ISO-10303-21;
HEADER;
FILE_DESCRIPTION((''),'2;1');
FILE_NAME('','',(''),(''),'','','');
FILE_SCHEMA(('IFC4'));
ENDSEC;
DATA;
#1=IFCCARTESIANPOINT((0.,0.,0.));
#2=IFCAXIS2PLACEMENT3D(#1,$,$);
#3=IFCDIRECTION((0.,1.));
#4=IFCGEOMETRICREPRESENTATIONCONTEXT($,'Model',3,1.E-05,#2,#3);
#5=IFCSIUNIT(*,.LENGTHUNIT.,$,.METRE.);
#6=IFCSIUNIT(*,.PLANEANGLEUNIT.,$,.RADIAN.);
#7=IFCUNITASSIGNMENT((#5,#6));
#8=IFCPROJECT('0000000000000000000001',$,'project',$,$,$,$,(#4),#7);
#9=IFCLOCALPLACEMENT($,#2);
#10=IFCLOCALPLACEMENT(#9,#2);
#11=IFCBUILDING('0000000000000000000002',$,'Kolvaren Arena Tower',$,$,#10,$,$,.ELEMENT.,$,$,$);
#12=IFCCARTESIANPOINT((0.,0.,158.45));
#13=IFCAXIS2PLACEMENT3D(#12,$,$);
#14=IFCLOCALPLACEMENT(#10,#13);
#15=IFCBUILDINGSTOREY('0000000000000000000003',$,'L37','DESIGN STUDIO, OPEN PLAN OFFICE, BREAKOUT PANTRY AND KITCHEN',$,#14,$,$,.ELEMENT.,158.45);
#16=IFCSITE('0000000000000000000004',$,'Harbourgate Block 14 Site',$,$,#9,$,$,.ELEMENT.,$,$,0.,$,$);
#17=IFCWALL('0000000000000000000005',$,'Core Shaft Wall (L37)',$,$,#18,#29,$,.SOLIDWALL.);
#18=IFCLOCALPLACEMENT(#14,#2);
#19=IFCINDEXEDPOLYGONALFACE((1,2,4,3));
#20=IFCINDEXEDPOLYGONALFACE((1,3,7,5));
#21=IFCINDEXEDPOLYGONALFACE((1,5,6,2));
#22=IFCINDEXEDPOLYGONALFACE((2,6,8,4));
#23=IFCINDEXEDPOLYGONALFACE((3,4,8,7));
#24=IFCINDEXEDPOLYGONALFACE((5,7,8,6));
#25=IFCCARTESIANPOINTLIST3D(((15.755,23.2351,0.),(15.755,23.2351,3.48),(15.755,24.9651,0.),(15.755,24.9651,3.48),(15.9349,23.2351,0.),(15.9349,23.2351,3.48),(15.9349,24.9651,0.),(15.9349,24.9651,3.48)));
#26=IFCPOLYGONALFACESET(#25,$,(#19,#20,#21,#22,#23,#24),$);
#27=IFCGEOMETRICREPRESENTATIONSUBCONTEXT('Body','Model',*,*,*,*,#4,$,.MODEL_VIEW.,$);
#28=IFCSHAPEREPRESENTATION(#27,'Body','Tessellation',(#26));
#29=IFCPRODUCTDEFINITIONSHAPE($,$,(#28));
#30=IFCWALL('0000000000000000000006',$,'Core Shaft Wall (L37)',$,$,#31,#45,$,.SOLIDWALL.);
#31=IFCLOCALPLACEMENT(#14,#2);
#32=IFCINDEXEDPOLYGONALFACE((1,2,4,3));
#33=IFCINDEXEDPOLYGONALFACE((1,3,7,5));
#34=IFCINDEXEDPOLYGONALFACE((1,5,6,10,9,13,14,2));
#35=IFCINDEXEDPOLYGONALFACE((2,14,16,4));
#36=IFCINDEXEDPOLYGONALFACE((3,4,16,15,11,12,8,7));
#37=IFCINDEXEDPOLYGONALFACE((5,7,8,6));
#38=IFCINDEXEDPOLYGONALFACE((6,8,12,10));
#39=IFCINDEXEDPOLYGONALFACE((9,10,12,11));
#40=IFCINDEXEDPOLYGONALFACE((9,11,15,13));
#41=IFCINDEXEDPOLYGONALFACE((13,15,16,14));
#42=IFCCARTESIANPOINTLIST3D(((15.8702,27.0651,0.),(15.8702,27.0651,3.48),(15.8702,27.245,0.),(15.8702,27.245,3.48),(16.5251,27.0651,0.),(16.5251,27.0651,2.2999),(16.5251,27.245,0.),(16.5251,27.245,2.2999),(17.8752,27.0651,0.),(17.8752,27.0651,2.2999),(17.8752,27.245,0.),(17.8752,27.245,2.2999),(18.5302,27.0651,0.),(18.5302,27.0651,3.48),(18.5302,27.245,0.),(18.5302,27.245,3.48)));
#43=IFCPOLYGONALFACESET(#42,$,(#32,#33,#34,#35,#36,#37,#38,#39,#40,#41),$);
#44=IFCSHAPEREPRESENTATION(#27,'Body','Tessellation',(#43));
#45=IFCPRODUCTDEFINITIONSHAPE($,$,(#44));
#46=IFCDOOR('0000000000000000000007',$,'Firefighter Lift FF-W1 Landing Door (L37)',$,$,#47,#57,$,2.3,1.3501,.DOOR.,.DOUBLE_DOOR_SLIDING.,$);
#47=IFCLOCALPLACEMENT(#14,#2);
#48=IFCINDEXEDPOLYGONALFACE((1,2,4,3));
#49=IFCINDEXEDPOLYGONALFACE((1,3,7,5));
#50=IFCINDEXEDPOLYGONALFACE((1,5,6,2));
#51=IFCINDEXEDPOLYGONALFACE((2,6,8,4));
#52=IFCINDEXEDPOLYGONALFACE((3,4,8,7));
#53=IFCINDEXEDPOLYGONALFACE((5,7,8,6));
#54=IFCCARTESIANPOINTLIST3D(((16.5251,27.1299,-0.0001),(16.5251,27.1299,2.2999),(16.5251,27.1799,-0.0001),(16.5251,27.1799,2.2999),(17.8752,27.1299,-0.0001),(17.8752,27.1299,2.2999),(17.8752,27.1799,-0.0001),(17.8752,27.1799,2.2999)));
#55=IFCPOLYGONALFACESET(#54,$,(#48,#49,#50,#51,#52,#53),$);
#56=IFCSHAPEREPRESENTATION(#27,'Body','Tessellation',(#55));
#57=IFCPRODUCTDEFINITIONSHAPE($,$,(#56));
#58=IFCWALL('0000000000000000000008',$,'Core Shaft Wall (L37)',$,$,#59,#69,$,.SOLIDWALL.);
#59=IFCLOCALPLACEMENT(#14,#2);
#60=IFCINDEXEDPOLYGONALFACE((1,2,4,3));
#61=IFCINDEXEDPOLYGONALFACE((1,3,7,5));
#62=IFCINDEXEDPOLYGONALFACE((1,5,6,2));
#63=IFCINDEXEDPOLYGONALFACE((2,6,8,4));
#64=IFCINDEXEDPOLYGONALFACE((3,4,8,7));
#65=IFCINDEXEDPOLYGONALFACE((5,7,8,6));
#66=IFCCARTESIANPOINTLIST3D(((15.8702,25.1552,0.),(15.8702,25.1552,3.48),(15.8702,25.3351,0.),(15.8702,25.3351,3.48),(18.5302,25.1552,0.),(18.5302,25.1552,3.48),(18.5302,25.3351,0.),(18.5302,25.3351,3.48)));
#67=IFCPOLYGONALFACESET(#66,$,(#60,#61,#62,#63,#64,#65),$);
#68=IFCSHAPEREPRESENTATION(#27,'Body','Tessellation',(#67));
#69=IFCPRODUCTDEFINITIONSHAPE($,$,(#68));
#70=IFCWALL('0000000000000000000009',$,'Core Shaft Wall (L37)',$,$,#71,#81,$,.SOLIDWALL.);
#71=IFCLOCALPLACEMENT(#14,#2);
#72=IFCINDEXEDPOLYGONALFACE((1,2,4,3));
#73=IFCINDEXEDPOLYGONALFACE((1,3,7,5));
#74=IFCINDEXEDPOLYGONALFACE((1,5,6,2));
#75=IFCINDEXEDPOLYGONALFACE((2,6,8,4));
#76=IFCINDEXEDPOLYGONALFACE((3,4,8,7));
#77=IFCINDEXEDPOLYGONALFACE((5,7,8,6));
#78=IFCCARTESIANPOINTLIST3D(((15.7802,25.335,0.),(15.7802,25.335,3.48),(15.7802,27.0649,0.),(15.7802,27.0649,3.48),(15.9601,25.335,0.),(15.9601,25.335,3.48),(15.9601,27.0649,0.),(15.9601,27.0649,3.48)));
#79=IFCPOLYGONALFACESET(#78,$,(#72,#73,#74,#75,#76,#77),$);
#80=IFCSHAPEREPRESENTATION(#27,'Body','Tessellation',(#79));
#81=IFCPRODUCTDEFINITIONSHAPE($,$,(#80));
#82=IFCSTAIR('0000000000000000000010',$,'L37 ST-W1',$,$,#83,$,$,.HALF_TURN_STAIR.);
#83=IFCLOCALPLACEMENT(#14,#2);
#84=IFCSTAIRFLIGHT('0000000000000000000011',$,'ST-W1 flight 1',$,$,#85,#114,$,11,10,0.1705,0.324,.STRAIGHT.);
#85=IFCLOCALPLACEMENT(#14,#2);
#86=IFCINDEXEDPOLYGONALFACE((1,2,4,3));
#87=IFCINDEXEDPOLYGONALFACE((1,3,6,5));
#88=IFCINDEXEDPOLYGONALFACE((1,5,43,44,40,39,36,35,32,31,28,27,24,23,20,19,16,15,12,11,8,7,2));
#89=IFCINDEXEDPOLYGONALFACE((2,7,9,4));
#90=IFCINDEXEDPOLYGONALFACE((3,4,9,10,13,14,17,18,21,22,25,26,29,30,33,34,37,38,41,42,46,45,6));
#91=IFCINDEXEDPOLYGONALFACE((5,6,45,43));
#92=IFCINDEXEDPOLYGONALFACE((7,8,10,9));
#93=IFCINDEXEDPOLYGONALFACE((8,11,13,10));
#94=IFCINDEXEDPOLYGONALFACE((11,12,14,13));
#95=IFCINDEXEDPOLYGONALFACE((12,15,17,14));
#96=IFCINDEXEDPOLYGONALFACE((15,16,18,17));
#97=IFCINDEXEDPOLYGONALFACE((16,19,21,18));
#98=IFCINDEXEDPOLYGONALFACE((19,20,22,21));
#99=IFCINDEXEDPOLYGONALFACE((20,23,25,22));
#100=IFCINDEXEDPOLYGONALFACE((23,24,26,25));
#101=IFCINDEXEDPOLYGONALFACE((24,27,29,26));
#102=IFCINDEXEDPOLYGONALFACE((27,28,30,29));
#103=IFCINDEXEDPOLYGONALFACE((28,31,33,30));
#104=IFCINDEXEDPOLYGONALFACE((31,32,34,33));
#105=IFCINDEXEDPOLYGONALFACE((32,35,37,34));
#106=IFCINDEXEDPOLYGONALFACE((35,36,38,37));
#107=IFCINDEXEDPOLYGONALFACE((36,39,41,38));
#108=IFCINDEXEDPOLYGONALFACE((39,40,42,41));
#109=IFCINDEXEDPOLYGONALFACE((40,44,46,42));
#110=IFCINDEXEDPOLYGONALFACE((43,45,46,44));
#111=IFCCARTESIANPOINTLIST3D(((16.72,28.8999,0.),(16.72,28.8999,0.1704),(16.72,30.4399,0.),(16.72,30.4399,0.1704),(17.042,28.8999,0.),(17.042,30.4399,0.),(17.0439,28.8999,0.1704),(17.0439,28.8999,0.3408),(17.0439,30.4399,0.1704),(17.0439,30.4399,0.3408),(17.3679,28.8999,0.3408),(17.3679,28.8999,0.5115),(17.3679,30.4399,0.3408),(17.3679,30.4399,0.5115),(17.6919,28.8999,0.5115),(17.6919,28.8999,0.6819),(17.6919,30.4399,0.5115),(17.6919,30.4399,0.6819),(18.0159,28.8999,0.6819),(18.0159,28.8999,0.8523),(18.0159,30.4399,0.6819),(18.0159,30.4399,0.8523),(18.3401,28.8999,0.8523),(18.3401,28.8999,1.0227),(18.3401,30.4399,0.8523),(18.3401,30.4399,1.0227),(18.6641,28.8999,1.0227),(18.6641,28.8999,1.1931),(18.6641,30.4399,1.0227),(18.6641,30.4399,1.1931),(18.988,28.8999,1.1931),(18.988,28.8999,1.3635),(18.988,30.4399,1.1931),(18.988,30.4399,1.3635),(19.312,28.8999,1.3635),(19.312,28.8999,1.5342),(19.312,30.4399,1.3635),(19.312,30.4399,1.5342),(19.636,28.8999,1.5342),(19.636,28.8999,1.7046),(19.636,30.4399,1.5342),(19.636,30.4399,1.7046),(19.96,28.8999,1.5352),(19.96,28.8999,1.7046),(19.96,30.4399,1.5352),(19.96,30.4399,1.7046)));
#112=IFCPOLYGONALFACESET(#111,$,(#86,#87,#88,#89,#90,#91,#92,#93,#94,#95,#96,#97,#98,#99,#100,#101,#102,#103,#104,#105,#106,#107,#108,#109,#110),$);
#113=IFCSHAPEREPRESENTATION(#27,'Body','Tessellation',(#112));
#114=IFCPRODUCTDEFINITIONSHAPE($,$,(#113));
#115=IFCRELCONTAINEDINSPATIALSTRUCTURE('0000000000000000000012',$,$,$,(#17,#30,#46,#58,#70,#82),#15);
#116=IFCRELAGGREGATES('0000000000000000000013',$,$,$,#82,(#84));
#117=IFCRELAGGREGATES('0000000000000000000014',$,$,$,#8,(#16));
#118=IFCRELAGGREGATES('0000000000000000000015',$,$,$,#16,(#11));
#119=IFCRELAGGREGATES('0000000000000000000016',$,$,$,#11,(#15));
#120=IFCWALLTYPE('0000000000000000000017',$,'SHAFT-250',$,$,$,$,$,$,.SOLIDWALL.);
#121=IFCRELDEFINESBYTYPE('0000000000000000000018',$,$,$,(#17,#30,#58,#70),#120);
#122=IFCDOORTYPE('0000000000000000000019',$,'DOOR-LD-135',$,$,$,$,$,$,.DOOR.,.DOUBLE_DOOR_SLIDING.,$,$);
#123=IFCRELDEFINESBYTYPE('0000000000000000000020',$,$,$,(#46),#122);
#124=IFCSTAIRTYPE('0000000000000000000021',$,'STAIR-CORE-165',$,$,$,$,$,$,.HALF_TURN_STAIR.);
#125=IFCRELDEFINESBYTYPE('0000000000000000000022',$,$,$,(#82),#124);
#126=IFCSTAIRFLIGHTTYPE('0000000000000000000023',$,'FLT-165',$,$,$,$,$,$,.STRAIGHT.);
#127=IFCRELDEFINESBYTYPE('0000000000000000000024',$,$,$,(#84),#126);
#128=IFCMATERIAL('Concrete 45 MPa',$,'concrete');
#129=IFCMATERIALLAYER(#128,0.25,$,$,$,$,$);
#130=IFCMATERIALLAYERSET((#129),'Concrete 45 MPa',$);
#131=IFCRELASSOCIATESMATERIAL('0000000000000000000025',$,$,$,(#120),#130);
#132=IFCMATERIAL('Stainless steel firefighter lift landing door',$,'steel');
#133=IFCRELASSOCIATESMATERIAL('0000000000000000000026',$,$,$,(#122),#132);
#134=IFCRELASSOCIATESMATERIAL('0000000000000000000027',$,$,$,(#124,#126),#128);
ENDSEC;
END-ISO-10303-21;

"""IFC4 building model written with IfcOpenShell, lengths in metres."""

from ifc_helpers import new_model, si_unit, direction, frame, frame_2d, origin, place, context, subcontext, project, spatial, polyline, rectangle, outline, extrude, material, layer, layer_set, type_object, element, fill, aggregate, save


model = new_model("IFC4")

# Units and contexts
model_context = context("Model", 3, precision=1e-05, world=origin(), true_north=direction((0.0, 1.0)))
body_context = subcontext(model_context, "Body", "Model", "MODEL_VIEW")
ifc_project = project(units=[si_unit("LENGTHUNIT", "METRE"), si_unit("PLANEANGLEUNIT", "RADIAN")], contexts=[model_context])

# Site, building, storey
site_placement = place(None, origin())
site = spatial("IfcSite", under=ifc_project, at=site_placement, Name="Harbourgate Block 14 Site", CompositionType="ELEMENT", RefElevation=0.0)
building_placement = place(site_placement, origin())
building = spatial("IfcBuilding", under=site, at=building_placement, Name="Kolvaren Arena Tower", CompositionType="ELEMENT")
storey_placement = place(building_placement, frame((0.0, 0.0, 158.45)))
storey = spatial("IfcBuildingStorey", under=building, at=storey_placement, Name="L37", Description="DESIGN STUDIO, OPEN PLAN OFFICE, BREAKOUT PANTRY AND KITCHEN", CompositionType="ELEMENT", Elevation=158.45)

# Shared definitions
ifc_material_1 = material(Name="Concrete 45 MPa", Category="concrete")
ifc_layer = layer(ifc_material_1, 0.25)
ifc_layer_set = layer_set([ifc_layer], Name="Concrete 45 MPa")
wall_type = type_object("IfcWallType", Name="SHAFT-250", PredefinedType="SOLIDWALL", material=ifc_layer_set)

# Wall
wall_1_placement = place(storey_placement, frame((15.845, 23.2351, 0.0), z_axis=(0.0, 0.0, 1.0), x_axis=(0.0, 1.0, 0.0)))
element("IfcWall", 1, at=wall_1_placement, inside=storey, type_object=wall_type, Name="Core Shaft Wall (L37)", PredefinedType="SOLIDWALL", context=body_context, shape_type="SweptSolid", body=[
    extrude(rectangle(XDim=1.73, YDim=0.1799, at=frame_2d((0.865, 0.0))), origin(), (0.0, 0.0, 1.0), 3.48),
])

# Wall, opening, door
wall_2_placement = place(storey_placement, frame((15.8701, 27.155, 0.0), z_axis=(0.0, 0.0, 1.0), x_axis=(1.0, 0.0, 0.0)))
wall_2 = element("IfcWall", 2, at=wall_2_placement, inside=storey, type_object=wall_type, Name="Core Shaft Wall (L37)", PredefinedType="SOLIDWALL", context=body_context, shape_type="SweptSolid", body=[
    extrude(rectangle(XDim=2.6599, YDim=0.1799, at=frame_2d((1.3301, 0.0))), origin(), (0.0, 0.0, 1.0), 3.48),
])
opening_1_placement = place(wall_2_placement, frame((0.655, 0.0, 0.0)))
opening_1 = element("IfcOpeningElement", 3, at=opening_1_placement, cuts=wall_2, PredefinedType="OPENING", context=body_context, shape_type="SweptSolid", body=[
    extrude(rectangle(XDim=1.3501, YDim=2.3, at=frame_2d((0.675, 1.1499))), frame((0.0, 0.0999, 0.0), z_axis=(0.0, -1.0, 0.0), x_axis=(1.0, 0.0, 0.0)), (0.0, 0.0, 1.0), 0.2),
])
ifc_material_2 = material(Name="Stainless steel firefighter lift landing door", Category="steel")
door_type_1 = type_object("IfcDoorType", Name="DOOR-LD-135", OperationType="DOUBLE_DOOR_SLIDING", PredefinedType="DOOR", material=ifc_material_2)
door_1_placement = place(opening_1_placement, origin())
door_1 = element("IfcDoor", 4, at=door_1_placement, inside=storey, type_object=door_type_1, Name="Firefighter Lift FF-W1 Landing Door (L37)", OperationType="DOUBLE_DOOR_SLIDING", OverallHeight=2.3, OverallWidth=1.3501, PredefinedType="DOOR", context=body_context, shape_type="SweptSolid", body=[
    extrude(rectangle(XDim=1.3501, YDim=2.3, at=frame_2d((0.675, 1.1499))), frame((0.0, 0.0249, 0.0), z_axis=(0.0, -1.0, 0.0), x_axis=(1.0, 0.0, 0.0)), (0.0, 0.0, 1.0), 0.05),
])
fill(opening_1, door_1)

# Walls
wall_3_placement = place(storey_placement, frame((15.8701, 25.2451, 0.0), z_axis=(0.0, 0.0, 1.0), x_axis=(1.0, 0.0, 0.0)))
element("IfcWall", 5, at=wall_3_placement, inside=storey, type_object=wall_type, Name="Core Shaft Wall (L37)", PredefinedType="SOLIDWALL", context=body_context, shape_type="SweptSolid", body=[
    extrude(rectangle(XDim=2.6599, YDim=0.1799, at=frame_2d((1.3301, 0.0))), origin(), (0.0, 0.0, 1.0), 3.48),
])
wall_4_placement = place(storey_placement, frame((15.8701, 25.335, 0.0), z_axis=(0.0, 0.0, 1.0), x_axis=(0.0, 1.0, 0.0)))
element("IfcWall", 6, at=wall_4_placement, inside=storey, type_object=wall_type, Name="Core Shaft Wall (L37)", PredefinedType="SOLIDWALL", context=body_context, shape_type="SweptSolid", body=[
    extrude(rectangle(XDim=1.73, YDim=0.1799, at=frame_2d((0.865, 0.0))), origin(), (0.0, 0.0, 1.0), 3.48),
])

# Stair, stair flight
stair_type = type_object("IfcStairType", Name="STAIR-CORE-165", PredefinedType="HALF_TURN_STAIR", material=ifc_material_1)
stair_placement = place(storey_placement, origin())
stair = element("IfcStair", 7, at=stair_placement, inside=storey, type_object=stair_type, Name="L37 ST-W1", PredefinedType="HALF_TURN_STAIR")
stair_flight_type = type_object("IfcStairFlightType", Name="FLT-165", PredefinedType="STRAIGHT", material=ifc_material_1)
stair_flight_placement = place(storey_placement, frame((16.72, 29.6699, 0.0), z_axis=(0.0, 0.0, 1.0), x_axis=(1.0, 0.0, 0.0)))
stair_flight = element("IfcStairFlight", 8, at=stair_flight_placement, type_object=stair_flight_type, Name="ST-W1 flight 1", NumberOfRisers=11, NumberOfTreads=10, PredefinedType="STRAIGHT", RiserHeight=0.1705, TreadLength=0.324, context=body_context, shape_type="SweptSolid", body=[
    extrude(outline(polyline([(0.0, 0.0), (0.0, 0.1704), (0.324, 0.1704), (0.324, 0.3408), (0.6479, 0.3408), (0.6479, 0.5115), (0.9719, 0.5115), (0.9719, 0.6819), (1.2959, 0.6819), (1.2959, 0.8523), (1.6201, 0.8523), (1.6201, 1.0227), (1.9441, 1.0227), (1.9441, 1.1931), (2.2681, 1.1931), (2.2681, 1.3635), (2.592, 1.3635), (2.592, 1.5342), (2.916, 1.5342), (2.916, 1.7046), (3.24, 1.7046), (3.24, 1.875), (3.24, 1.5352), (0.322, 0.0), (0.0, 0.0)])), frame((0.0, 0.77, 0.0), z_axis=(0.0, -1.0, 0.0), x_axis=(1.0, 0.0, 0.0)), (0.0, 0.0, 1.0), 1.54),
])
aggregate(stair, [stair_flight])

save(model, "model.ifc")
